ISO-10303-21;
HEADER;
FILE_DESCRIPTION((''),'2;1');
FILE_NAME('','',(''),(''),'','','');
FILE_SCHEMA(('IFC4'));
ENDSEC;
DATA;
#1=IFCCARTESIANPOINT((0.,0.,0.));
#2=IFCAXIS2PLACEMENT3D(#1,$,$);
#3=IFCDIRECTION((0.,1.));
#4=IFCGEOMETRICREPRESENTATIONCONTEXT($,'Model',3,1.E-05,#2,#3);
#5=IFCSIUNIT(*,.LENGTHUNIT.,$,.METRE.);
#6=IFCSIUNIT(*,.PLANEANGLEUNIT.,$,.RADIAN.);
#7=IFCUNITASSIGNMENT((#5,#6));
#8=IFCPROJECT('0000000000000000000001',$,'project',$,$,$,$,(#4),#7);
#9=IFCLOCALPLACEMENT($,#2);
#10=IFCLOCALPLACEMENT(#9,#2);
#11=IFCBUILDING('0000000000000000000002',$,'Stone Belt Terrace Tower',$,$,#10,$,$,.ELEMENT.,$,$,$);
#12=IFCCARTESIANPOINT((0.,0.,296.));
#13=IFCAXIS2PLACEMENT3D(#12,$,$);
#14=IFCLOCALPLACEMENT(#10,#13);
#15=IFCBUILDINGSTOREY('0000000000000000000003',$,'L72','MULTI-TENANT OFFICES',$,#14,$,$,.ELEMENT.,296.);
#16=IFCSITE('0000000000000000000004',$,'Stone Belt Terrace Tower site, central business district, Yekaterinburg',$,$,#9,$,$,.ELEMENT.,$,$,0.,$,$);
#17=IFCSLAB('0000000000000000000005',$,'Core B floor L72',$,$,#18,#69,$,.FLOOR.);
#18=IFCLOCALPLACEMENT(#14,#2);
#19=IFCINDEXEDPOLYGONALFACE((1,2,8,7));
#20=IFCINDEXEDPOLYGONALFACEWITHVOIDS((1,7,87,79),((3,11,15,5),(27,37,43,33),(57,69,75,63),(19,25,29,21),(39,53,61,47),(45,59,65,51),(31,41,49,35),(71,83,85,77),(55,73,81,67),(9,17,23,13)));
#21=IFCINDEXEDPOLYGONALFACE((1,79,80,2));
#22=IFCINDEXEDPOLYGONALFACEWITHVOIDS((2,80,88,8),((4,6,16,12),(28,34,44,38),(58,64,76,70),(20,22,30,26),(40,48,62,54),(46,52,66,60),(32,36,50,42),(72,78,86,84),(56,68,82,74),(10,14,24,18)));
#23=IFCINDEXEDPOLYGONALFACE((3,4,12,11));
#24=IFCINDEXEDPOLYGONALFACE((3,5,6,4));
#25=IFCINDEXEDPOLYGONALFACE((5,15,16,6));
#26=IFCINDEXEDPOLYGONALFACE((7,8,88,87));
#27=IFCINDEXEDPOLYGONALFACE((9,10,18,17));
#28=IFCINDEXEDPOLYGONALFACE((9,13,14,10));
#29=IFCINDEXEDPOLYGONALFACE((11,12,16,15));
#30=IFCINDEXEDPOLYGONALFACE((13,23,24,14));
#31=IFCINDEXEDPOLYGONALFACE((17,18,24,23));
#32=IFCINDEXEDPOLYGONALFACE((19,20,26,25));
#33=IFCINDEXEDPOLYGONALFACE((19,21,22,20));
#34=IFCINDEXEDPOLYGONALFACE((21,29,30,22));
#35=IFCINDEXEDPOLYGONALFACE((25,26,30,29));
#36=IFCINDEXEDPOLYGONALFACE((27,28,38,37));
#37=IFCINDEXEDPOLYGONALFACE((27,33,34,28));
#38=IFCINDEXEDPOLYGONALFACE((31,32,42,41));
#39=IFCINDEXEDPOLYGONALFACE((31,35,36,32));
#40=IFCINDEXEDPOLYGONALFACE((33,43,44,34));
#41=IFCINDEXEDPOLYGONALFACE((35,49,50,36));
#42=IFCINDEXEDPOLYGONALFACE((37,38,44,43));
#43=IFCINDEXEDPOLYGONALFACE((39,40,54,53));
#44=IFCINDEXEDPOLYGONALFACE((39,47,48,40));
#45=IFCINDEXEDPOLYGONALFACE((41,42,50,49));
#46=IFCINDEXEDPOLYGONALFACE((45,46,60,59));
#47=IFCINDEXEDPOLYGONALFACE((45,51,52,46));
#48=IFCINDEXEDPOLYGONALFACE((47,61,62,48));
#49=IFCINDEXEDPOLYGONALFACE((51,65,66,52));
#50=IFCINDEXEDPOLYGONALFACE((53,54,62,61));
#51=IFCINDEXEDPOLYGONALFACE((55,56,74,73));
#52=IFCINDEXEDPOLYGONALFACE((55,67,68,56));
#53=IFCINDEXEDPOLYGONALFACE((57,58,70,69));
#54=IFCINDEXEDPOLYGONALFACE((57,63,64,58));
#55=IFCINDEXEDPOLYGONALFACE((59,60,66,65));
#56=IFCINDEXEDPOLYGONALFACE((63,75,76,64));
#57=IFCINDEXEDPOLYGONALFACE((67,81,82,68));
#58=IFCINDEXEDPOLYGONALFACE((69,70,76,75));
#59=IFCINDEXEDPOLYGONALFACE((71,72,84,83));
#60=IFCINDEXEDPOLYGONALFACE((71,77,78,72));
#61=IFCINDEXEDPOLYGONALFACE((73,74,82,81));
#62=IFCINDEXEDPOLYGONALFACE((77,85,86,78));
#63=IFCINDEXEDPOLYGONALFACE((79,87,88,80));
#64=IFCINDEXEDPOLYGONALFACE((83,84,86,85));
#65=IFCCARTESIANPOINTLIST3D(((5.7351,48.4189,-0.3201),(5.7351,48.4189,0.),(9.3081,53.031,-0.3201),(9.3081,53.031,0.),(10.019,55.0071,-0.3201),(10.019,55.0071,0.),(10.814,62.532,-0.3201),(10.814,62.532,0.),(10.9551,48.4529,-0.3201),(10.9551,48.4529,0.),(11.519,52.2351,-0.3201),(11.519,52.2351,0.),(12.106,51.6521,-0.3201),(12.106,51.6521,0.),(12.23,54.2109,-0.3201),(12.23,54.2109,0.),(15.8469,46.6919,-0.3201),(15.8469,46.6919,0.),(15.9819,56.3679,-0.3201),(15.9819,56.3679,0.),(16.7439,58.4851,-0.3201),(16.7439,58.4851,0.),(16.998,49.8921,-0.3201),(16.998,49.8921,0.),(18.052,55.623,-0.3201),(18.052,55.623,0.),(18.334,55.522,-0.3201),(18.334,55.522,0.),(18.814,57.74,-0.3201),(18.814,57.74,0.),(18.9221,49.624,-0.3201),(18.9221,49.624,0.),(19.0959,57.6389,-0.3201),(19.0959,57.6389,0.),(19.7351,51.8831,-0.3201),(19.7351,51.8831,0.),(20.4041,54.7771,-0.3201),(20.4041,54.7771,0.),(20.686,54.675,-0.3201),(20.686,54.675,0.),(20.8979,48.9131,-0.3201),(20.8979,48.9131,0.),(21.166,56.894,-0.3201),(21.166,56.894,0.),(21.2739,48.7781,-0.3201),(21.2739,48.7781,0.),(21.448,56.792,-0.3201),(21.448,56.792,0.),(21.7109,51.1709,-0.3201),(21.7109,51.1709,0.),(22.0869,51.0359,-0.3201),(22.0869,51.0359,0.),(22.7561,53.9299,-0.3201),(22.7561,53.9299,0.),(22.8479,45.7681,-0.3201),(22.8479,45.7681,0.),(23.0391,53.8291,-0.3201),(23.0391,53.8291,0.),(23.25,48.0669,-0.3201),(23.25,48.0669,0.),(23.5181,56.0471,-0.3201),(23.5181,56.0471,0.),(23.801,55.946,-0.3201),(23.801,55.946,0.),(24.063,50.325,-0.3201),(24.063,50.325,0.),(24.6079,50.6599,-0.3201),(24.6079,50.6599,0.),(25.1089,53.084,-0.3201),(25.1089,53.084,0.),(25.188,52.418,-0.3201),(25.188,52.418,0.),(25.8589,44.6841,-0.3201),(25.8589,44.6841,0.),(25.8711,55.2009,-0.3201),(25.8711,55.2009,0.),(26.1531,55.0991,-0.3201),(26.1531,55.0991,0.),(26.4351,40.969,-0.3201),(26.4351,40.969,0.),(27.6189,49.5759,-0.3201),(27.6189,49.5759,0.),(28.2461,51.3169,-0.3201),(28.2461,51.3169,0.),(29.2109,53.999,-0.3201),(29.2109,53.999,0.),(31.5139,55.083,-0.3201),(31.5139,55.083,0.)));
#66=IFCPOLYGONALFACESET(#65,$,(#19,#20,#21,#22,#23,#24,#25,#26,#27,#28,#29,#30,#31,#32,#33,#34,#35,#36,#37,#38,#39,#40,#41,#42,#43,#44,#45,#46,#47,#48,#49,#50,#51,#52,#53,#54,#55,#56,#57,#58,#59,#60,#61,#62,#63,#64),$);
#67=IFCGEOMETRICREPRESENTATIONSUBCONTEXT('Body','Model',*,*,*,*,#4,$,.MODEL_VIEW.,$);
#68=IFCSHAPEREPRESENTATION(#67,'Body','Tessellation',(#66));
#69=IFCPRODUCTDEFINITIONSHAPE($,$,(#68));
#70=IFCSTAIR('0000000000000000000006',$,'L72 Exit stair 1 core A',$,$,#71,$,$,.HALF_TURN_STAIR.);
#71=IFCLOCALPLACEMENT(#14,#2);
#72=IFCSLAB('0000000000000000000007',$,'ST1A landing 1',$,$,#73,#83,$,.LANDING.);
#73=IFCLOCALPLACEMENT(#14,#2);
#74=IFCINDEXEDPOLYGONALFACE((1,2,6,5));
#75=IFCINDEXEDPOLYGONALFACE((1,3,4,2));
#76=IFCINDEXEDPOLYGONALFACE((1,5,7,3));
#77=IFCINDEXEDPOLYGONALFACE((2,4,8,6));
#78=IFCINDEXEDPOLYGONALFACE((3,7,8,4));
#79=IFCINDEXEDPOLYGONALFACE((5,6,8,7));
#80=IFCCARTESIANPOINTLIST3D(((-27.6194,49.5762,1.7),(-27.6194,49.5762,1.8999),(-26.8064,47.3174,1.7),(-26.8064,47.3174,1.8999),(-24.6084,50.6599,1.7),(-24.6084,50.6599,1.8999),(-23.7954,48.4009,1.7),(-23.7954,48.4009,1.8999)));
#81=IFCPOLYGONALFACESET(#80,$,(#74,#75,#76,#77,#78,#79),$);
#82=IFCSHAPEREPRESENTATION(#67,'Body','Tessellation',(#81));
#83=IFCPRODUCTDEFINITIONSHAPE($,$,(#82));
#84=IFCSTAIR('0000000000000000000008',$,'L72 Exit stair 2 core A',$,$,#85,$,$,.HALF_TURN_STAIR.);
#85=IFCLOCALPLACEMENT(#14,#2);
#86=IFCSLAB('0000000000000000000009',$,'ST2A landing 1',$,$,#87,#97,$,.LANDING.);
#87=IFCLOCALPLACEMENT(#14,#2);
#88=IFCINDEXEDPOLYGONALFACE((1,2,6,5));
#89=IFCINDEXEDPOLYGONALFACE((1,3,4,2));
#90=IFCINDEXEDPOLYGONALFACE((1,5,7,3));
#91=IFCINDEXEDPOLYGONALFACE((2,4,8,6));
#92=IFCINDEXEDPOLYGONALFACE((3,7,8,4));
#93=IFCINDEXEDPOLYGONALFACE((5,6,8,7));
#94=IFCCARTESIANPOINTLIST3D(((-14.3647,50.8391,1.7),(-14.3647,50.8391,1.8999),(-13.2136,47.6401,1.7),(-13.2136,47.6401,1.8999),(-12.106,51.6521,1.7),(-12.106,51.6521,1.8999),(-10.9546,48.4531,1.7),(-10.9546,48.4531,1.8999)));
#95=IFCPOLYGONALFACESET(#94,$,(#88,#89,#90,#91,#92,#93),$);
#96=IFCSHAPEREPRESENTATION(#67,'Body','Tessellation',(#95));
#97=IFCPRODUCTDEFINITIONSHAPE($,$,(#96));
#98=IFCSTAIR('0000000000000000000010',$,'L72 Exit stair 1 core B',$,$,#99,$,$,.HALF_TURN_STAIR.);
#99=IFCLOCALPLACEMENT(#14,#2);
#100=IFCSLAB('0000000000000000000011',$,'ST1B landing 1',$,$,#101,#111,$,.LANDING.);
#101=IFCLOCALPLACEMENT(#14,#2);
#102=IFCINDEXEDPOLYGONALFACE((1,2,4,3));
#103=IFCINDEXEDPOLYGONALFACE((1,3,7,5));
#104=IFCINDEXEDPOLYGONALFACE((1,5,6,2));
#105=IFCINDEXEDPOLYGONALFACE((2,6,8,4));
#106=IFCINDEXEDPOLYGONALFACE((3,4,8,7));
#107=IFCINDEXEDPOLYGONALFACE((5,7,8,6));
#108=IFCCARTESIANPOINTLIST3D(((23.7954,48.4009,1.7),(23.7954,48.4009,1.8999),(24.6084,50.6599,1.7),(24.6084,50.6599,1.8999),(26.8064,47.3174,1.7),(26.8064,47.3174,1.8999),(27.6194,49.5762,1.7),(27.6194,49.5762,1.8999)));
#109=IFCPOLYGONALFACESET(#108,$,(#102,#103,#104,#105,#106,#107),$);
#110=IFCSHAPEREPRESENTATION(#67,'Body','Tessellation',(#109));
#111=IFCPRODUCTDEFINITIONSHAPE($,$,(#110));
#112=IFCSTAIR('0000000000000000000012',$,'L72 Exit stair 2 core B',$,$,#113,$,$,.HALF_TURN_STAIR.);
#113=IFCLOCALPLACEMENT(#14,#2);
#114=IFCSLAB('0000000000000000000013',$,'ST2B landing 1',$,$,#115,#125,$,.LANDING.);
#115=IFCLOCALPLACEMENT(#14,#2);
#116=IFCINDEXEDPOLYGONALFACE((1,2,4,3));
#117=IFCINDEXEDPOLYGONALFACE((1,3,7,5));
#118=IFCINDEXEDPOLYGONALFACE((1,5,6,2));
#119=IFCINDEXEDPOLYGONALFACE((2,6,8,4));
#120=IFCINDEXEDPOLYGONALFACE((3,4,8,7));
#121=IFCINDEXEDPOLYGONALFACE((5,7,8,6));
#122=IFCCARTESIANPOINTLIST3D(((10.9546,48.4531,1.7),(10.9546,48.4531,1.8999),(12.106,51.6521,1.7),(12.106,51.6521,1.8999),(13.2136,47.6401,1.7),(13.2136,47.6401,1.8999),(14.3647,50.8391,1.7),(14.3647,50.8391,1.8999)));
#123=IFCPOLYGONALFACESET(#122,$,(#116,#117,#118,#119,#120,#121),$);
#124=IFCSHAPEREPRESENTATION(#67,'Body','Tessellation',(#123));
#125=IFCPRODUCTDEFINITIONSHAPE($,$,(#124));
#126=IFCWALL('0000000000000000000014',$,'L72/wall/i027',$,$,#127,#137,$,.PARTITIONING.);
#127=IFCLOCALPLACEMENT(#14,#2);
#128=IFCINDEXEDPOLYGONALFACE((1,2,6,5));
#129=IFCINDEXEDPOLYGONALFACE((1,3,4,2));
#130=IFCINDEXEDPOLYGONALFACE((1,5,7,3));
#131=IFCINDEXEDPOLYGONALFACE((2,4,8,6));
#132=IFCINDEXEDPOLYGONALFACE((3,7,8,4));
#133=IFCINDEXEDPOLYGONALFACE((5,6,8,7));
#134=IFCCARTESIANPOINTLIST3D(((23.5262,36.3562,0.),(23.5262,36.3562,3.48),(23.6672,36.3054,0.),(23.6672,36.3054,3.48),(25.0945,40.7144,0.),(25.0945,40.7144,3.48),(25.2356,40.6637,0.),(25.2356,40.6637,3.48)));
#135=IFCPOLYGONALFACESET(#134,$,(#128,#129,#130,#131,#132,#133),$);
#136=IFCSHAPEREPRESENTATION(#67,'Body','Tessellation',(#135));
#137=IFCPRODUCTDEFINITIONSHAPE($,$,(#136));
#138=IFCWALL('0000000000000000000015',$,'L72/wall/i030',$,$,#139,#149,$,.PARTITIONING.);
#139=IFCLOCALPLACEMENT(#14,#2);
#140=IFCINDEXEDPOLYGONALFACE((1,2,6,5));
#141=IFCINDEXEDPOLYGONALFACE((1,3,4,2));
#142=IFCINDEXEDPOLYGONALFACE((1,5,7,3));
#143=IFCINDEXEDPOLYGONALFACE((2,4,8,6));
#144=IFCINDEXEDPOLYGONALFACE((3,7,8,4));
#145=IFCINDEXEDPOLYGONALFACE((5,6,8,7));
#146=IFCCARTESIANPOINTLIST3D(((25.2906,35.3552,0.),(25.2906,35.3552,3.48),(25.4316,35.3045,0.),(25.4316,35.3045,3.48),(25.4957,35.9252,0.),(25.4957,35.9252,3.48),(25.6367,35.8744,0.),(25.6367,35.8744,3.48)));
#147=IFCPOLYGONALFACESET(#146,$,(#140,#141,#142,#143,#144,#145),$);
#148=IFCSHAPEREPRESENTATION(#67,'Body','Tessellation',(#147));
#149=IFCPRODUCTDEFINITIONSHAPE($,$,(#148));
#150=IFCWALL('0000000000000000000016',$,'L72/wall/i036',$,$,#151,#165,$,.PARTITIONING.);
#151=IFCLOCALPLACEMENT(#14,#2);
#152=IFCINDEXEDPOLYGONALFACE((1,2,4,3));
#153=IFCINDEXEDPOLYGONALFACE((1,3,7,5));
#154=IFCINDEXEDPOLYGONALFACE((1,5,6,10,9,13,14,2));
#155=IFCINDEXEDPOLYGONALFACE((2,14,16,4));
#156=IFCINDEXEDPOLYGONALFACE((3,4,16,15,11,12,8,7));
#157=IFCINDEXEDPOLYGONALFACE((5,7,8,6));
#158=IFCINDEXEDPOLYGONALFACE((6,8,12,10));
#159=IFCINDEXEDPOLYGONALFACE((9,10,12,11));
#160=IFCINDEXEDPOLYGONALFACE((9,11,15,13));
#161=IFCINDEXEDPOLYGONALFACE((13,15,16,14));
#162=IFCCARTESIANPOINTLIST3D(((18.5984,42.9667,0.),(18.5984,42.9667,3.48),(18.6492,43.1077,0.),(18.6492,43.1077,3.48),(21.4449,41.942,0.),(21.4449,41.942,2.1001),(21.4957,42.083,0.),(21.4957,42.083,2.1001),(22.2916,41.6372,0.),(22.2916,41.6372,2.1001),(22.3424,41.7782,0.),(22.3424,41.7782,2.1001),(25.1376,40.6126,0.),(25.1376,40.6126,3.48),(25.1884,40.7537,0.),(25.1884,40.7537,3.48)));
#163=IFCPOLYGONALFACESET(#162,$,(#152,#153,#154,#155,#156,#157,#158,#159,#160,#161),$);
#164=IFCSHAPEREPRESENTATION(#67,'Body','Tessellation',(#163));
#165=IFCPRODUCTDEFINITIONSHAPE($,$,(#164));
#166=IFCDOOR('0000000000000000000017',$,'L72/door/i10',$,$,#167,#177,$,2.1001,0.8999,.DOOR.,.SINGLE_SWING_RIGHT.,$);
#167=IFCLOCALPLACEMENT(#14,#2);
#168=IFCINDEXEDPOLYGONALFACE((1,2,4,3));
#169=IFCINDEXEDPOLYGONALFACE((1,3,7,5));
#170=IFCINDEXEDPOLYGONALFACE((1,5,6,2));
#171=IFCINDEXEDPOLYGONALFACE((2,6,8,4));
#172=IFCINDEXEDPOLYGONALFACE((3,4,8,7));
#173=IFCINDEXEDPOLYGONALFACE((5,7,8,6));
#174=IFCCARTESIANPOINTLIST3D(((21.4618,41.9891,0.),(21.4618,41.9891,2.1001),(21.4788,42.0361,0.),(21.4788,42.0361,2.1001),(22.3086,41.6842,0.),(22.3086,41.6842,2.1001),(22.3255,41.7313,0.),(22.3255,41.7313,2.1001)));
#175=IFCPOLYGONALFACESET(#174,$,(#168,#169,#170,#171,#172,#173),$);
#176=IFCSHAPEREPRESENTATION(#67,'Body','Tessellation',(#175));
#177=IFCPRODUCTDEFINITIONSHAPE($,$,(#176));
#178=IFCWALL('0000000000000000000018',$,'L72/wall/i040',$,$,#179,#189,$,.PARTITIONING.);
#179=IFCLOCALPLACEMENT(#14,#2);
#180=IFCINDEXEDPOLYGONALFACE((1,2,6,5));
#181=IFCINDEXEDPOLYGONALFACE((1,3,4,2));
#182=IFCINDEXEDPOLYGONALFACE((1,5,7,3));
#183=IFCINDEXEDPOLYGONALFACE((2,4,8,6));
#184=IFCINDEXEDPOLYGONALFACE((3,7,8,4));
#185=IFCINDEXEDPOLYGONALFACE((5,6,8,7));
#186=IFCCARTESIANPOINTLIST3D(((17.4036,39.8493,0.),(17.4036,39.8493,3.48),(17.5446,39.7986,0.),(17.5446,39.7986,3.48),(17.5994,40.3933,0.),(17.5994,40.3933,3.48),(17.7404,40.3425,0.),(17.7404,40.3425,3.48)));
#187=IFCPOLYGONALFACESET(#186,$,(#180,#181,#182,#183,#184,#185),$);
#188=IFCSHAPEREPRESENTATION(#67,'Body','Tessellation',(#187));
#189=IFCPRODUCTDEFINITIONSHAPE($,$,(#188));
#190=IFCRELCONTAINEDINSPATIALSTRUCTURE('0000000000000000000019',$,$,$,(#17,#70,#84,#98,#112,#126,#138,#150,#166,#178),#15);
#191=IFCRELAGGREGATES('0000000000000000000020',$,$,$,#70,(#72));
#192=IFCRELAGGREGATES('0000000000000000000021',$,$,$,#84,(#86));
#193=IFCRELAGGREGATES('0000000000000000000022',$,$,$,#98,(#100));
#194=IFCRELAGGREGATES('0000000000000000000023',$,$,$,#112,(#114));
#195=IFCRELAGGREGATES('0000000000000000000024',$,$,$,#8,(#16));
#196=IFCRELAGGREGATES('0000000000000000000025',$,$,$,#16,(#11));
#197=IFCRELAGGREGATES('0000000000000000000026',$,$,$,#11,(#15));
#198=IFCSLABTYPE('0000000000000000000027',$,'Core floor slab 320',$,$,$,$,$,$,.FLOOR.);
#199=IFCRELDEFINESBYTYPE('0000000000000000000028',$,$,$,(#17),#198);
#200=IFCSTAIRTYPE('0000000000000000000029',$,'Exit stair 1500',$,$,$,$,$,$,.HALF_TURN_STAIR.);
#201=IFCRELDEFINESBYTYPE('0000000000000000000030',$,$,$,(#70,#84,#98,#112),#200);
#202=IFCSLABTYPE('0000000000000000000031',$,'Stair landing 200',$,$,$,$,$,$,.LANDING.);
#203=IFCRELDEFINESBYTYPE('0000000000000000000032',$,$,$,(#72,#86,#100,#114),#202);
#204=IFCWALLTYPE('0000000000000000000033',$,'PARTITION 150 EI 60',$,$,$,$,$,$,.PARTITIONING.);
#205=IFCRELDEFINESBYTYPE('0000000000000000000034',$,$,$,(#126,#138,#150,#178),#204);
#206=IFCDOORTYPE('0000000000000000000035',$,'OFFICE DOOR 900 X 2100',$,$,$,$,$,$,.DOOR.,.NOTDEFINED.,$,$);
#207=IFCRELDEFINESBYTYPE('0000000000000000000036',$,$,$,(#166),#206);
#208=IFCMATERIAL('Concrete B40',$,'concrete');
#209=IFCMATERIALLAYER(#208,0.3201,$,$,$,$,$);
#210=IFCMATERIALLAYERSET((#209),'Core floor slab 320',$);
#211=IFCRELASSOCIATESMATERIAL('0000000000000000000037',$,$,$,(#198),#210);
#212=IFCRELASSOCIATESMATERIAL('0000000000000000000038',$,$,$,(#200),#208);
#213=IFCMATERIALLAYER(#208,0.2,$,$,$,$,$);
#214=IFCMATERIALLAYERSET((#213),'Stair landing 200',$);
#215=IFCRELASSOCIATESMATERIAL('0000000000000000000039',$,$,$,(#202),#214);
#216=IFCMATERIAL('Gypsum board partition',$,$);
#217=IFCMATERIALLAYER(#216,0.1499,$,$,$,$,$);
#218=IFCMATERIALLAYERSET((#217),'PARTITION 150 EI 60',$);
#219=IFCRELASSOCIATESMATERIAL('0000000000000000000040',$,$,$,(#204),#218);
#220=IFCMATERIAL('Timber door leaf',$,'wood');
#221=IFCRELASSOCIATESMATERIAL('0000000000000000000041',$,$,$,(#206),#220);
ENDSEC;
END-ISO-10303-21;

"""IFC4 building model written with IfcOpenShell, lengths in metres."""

from ifc_helpers import new_model, si_unit, direction, frame, frame_2d, origin, place, context, subcontext, project, spatial, polyline, rectangle, outline, extrude, material, layer, layer_set, type_object, element, fill, aggregate, save


model = new_model("IFC4")

# Units and contexts
model_context = context("Model", 3, precision=1e-05, world=origin(), true_north=direction((0.0, 1.0)))
body_context = subcontext(model_context, "Body", "Model", "MODEL_VIEW")
ifc_project = project(units=[si_unit("LENGTHUNIT", "METRE"), si_unit("PLANEANGLEUNIT", "RADIAN")], contexts=[model_context])

# Site, building, storey
site_placement = place(None, origin())
site = spatial("IfcSite", under=ifc_project, at=site_placement, Name="Stone Belt Terrace Tower site, central business district, Yekaterinburg", CompositionType="ELEMENT", RefElevation=0.0)
building_placement = place(site_placement, origin())
building = spatial("IfcBuilding", under=site, at=building_placement, Name="Stone Belt Terrace Tower", CompositionType="ELEMENT")
storey_placement = place(building_placement, frame((0.0, 0.0, 296.0)))
storey = spatial("IfcBuildingStorey", under=building, at=storey_placement, Name="L72", Description="MULTI-TENANT OFFICES", CompositionType="ELEMENT", Elevation=296.0)

# Slab
ifc_material_1 = material(Name="Concrete B40", Category="concrete")
ifc_layer_1 = layer(ifc_material_1, 0.3201)
ifc_layer_set_1 = layer_set([ifc_layer_1], Name="Core floor slab 320")
slab_type_1 = type_object("IfcSlabType", Name="Core floor slab 320", PredefinedType="FLOOR", material=ifc_layer_set_1)
slab_1_placement = place(storey_placement, frame((0.0, 0.0, -0.3201)))
element("IfcSlab", 1, at=slab_1_placement, inside=storey, type_object=slab_type_1, Name="Core B floor L72", PredefinedType="FLOOR", context=body_context, shape_type="SweptSolid", body=[
    extrude(outline(polyline([(26.4351, 40.969), (31.5139, 55.083), (10.814, 62.532), (5.7351, 48.4189), (26.4351, 40.969)]), holes=[polyline([(27.6189, 49.5759), (25.8589, 44.6841), (22.8479, 45.7681), (24.6079, 50.6599), (27.6189, 49.5759)]), polyline([(12.106, 51.6521), (16.998, 49.8921), (15.8469, 46.6919), (10.9551, 48.4529), (12.106, 51.6521)]), polyline([(23.25, 48.0669), (21.2739, 48.7781), (22.0869, 51.0359), (24.063, 50.325), (23.25, 48.0669)]), polyline([(18.9221, 49.624), (19.7351, 51.8831), (21.7109, 51.1709), (20.8979, 48.9131), (18.9221, 49.624)]), polyline([(29.2109, 53.999), (28.2461, 51.3169), (25.188, 52.418), (26.1531, 55.0991), (29.2109, 53.999)]), polyline([(11.519, 52.2351), (9.3081, 53.031), (10.019, 55.0071), (12.23, 54.2109), (11.519, 52.2351)]), polyline([(23.0391, 53.8291), (23.801, 55.946), (25.8711, 55.2009), (25.1089, 53.084), (23.0391, 53.8291)]), polyline([(20.686, 54.675), (21.448, 56.792), (23.5181, 56.0471), (22.7561, 53.9299), (20.686, 54.675)]), polyline([(19.0959, 57.6389), (21.166, 56.894), (20.4041, 54.7771), (18.334, 55.522), (19.0959, 57.6389)]), polyline([(16.7439, 58.4851), (18.814, 57.74), (18.052, 55.623), (15.9819, 56.3679), (16.7439, 58.4851)])]), origin(), (0.0, 0.0, 1.0), 0.3201),
])

# Stairs, slabs
stair_type = type_object("IfcStairType", Name="Exit stair 1500", PredefinedType="HALF_TURN_STAIR", material=ifc_material_1)
stair_1_placement = place(storey_placement, origin())
stair_1 = element("IfcStair", 2, at=stair_1_placement, inside=storey, type_object=stair_type, Name="L72 Exit stair 1 core A", PredefinedType="HALF_TURN_STAIR")
ifc_layer_2 = layer(ifc_material_1, 0.2)
ifc_layer_set_2 = layer_set([ifc_layer_2], Name="Stair landing 200")
slab_type_2 = type_object("IfcSlabType", Name="Stair landing 200", PredefinedType="LANDING", material=ifc_layer_set_2)
slab_2_placement = place(storey_placement, frame((0.0, 0.0, 1.7)))
slab_2 = element("IfcSlab", 3, at=slab_2_placement, type_object=slab_type_2, Name="ST1A landing 1", PredefinedType="LANDING", context=body_context, shape_type="SweptSolid", body=[
    extrude(outline(polyline([(-23.7954, 48.4009), (-24.6084, 50.6599), (-27.6194, 49.5762), (-26.8064, 47.3174), (-23.7954, 48.4009)])), origin(), (0.0, 0.0, 1.0), 0.2),
])
aggregate(stair_1, [slab_2])
stair_2_placement = place(storey_placement, origin())
stair_2 = element("IfcStair", 4, at=stair_2_placement, inside=storey, type_object=stair_type, Name="L72 Exit stair 2 core A", PredefinedType="HALF_TURN_STAIR")
slab_3_placement = place(storey_placement, frame((0.0, 0.0, 1.7)))
slab_3 = element("IfcSlab", 5, at=slab_3_placement, type_object=slab_type_2, Name="ST2A landing 1", PredefinedType="LANDING", context=body_context, shape_type="SweptSolid", body=[
    extrude(outline(polyline([(-13.2136, 47.6401), (-10.9546, 48.4531), (-12.106, 51.6521), (-14.3647, 50.8391), (-13.2136, 47.6401)])), origin(), (0.0, 0.0, 1.0), 0.2),
])
aggregate(stair_2, [slab_3])
stair_3_placement = place(storey_placement, origin())
stair_3 = element("IfcStair", 6, at=stair_3_placement, inside=storey, type_object=stair_type, Name="L72 Exit stair 1 core B", PredefinedType="HALF_TURN_STAIR")
slab_4_placement = place(storey_placement, frame((0.0, 0.0, 1.7)))
slab_4 = element("IfcSlab", 7, at=slab_4_placement, type_object=slab_type_2, Name="ST1B landing 1", PredefinedType="LANDING", context=body_context, shape_type="SweptSolid", body=[
    extrude(outline(polyline([(26.8064, 47.3174), (27.6194, 49.5762), (24.6084, 50.6599), (23.7954, 48.4009), (26.8064, 47.3174)])), origin(), (0.0, 0.0, 1.0), 0.2),
])
aggregate(stair_3, [slab_4])
stair_4_placement = place(storey_placement, origin())
stair_4 = element("IfcStair", 8, at=stair_4_placement, inside=storey, type_object=stair_type, Name="L72 Exit stair 2 core B", PredefinedType="HALF_TURN_STAIR")
slab_5_placement = place(storey_placement, frame((0.0, 0.0, 1.7)))
slab_5 = element("IfcSlab", 9, at=slab_5_placement, type_object=slab_type_2, Name="ST2B landing 1", PredefinedType="LANDING", context=body_context, shape_type="SweptSolid", body=[
    extrude(outline(polyline([(14.3647, 50.8391), (12.106, 51.6521), (10.9546, 48.4531), (13.2136, 47.6401), (14.3647, 50.8391)])), origin(), (0.0, 0.0, 1.0), 0.2),
])
aggregate(stair_4, [slab_5])

# Walls
ifc_material_2 = material(Name="Gypsum board partition")
ifc_layer_3 = layer(ifc_material_2, 0.1499)
ifc_layer_set_3 = layer_set([ifc_layer_3], Name="PARTITION 150 EI 60")
wall_type = type_object("IfcWallType", Name="PARTITION 150 EI 60", PredefinedType="PARTITIONING", material=ifc_layer_set_3)
wall_1_placement = place(storey_placement, frame((23.5967, 36.3308, 0.0), z_axis=(0.0, 0.0, 1.0), x_axis=(0.338609, 0.940927, 0.0)))
element("IfcWall", 10, at=wall_1_placement, inside=storey, type_object=wall_type, Name="L72/wall/i027", PredefinedType="PARTITIONING", context=body_context, shape_type="SweptSolid", body=[
    extrude(rectangle(XDim=4.6318, YDim=0.1499, at=frame_2d((2.3159, 0.0))), origin(), (0.0, 0.0, 1.0), 3.48),
])
wall_2_placement = place(storey_placement, frame((25.5662, 35.8997, 0.0), z_axis=(0.0, 0.0, 1.0), x_axis=(-0.338634, -0.940918, 0.0)))
element("IfcWall", 11, at=wall_2_placement, inside=storey, type_object=wall_type, Name="L72/wall/i030", PredefinedType="PARTITIONING", context=body_context, shape_type="SweptSolid", body=[
    extrude(rectangle(XDim=0.6057, YDim=0.1499, at=frame_2d((0.3027, 0.0))), origin(), (0.0, 0.0, 1.0), 3.48),
])

# Wall, opening, door
wall_3_placement = place(storey_placement, frame((25.1631, 40.6831, 0.0), z_axis=(0.0, 0.0, 1.0), x_axis=(-0.94089, 0.338712, 0.0)))
wall_3 = element("IfcWall", 12, at=wall_3_placement, inside=storey, type_object=wall_type, Name="L72/wall/i036", PredefinedType="PARTITIONING", context=body_context, shape_type="SweptSolid", body=[
    extrude(rectangle(XDim=6.95, YDim=0.1499, at=frame_2d((3.4751, 0.0))), origin(), (0.0, 0.0, 1.0), 3.48),
])
opening_placement = place(wall_3_placement, frame((3.0249, 0.0, 0.0)))
opening = element("IfcOpeningElement", 13, at=opening_placement, cuts=wall_3, PredefinedType="OPENING", context=body_context, shape_type="SweptSolid", body=[
    extrude(rectangle(XDim=0.8999, YDim=2.1001, at=frame_2d((0.45, 1.05))), frame((0.0, 0.085, 0.0), z_axis=(0.0, -1.0, 0.0), x_axis=(1.0, 0.0, 0.0)), (0.0, 0.0, 1.0), 0.1699),
])
ifc_material_3 = material(Name="Timber door leaf", Category="wood")
door_type = type_object("IfcDoorType", Name="OFFICE DOOR 900 X 2100", OperationType="NOTDEFINED", PredefinedType="DOOR", material=ifc_material_3)
door_placement = place(opening_placement, origin())
door = element("IfcDoor", 14, at=door_placement, inside=storey, type_object=door_type, Name="L72/door/i10", OperationType="SINGLE_SWING_RIGHT", OverallHeight=2.1001, OverallWidth=0.8999, PredefinedType="DOOR", context=body_context, shape_type="SweptSolid", body=[
    extrude(rectangle(XDim=0.8999, YDim=2.1001, at=frame_2d((0.45, 1.05))), frame((0.0, 0.0249, 0.0), z_axis=(0.0, -1.0, 0.0), x_axis=(1.0, 0.0, 0.0)), (0.0, 0.0, 1.0), 0.05),
])
fill(opening, door)

# Wall
wall_4_placement = place(storey_placement, frame((17.6699, 40.3679, 0.0), z_axis=(0.0, 0.0, 1.0), x_axis=(-0.33869, -0.940898, 0.0)))
element("IfcWall", 15, at=wall_4_placement, inside=storey, type_object=wall_type, Name="L72/wall/i040", PredefinedType="PARTITIONING", context=body_context, shape_type="SweptSolid", body=[
    extrude(rectangle(XDim=0.5781, YDim=0.1499, at=frame_2d((0.2891, 0.0))), origin(), (0.0, 0.0, 1.0), 3.48),
])

save(model, "model.ifc")
